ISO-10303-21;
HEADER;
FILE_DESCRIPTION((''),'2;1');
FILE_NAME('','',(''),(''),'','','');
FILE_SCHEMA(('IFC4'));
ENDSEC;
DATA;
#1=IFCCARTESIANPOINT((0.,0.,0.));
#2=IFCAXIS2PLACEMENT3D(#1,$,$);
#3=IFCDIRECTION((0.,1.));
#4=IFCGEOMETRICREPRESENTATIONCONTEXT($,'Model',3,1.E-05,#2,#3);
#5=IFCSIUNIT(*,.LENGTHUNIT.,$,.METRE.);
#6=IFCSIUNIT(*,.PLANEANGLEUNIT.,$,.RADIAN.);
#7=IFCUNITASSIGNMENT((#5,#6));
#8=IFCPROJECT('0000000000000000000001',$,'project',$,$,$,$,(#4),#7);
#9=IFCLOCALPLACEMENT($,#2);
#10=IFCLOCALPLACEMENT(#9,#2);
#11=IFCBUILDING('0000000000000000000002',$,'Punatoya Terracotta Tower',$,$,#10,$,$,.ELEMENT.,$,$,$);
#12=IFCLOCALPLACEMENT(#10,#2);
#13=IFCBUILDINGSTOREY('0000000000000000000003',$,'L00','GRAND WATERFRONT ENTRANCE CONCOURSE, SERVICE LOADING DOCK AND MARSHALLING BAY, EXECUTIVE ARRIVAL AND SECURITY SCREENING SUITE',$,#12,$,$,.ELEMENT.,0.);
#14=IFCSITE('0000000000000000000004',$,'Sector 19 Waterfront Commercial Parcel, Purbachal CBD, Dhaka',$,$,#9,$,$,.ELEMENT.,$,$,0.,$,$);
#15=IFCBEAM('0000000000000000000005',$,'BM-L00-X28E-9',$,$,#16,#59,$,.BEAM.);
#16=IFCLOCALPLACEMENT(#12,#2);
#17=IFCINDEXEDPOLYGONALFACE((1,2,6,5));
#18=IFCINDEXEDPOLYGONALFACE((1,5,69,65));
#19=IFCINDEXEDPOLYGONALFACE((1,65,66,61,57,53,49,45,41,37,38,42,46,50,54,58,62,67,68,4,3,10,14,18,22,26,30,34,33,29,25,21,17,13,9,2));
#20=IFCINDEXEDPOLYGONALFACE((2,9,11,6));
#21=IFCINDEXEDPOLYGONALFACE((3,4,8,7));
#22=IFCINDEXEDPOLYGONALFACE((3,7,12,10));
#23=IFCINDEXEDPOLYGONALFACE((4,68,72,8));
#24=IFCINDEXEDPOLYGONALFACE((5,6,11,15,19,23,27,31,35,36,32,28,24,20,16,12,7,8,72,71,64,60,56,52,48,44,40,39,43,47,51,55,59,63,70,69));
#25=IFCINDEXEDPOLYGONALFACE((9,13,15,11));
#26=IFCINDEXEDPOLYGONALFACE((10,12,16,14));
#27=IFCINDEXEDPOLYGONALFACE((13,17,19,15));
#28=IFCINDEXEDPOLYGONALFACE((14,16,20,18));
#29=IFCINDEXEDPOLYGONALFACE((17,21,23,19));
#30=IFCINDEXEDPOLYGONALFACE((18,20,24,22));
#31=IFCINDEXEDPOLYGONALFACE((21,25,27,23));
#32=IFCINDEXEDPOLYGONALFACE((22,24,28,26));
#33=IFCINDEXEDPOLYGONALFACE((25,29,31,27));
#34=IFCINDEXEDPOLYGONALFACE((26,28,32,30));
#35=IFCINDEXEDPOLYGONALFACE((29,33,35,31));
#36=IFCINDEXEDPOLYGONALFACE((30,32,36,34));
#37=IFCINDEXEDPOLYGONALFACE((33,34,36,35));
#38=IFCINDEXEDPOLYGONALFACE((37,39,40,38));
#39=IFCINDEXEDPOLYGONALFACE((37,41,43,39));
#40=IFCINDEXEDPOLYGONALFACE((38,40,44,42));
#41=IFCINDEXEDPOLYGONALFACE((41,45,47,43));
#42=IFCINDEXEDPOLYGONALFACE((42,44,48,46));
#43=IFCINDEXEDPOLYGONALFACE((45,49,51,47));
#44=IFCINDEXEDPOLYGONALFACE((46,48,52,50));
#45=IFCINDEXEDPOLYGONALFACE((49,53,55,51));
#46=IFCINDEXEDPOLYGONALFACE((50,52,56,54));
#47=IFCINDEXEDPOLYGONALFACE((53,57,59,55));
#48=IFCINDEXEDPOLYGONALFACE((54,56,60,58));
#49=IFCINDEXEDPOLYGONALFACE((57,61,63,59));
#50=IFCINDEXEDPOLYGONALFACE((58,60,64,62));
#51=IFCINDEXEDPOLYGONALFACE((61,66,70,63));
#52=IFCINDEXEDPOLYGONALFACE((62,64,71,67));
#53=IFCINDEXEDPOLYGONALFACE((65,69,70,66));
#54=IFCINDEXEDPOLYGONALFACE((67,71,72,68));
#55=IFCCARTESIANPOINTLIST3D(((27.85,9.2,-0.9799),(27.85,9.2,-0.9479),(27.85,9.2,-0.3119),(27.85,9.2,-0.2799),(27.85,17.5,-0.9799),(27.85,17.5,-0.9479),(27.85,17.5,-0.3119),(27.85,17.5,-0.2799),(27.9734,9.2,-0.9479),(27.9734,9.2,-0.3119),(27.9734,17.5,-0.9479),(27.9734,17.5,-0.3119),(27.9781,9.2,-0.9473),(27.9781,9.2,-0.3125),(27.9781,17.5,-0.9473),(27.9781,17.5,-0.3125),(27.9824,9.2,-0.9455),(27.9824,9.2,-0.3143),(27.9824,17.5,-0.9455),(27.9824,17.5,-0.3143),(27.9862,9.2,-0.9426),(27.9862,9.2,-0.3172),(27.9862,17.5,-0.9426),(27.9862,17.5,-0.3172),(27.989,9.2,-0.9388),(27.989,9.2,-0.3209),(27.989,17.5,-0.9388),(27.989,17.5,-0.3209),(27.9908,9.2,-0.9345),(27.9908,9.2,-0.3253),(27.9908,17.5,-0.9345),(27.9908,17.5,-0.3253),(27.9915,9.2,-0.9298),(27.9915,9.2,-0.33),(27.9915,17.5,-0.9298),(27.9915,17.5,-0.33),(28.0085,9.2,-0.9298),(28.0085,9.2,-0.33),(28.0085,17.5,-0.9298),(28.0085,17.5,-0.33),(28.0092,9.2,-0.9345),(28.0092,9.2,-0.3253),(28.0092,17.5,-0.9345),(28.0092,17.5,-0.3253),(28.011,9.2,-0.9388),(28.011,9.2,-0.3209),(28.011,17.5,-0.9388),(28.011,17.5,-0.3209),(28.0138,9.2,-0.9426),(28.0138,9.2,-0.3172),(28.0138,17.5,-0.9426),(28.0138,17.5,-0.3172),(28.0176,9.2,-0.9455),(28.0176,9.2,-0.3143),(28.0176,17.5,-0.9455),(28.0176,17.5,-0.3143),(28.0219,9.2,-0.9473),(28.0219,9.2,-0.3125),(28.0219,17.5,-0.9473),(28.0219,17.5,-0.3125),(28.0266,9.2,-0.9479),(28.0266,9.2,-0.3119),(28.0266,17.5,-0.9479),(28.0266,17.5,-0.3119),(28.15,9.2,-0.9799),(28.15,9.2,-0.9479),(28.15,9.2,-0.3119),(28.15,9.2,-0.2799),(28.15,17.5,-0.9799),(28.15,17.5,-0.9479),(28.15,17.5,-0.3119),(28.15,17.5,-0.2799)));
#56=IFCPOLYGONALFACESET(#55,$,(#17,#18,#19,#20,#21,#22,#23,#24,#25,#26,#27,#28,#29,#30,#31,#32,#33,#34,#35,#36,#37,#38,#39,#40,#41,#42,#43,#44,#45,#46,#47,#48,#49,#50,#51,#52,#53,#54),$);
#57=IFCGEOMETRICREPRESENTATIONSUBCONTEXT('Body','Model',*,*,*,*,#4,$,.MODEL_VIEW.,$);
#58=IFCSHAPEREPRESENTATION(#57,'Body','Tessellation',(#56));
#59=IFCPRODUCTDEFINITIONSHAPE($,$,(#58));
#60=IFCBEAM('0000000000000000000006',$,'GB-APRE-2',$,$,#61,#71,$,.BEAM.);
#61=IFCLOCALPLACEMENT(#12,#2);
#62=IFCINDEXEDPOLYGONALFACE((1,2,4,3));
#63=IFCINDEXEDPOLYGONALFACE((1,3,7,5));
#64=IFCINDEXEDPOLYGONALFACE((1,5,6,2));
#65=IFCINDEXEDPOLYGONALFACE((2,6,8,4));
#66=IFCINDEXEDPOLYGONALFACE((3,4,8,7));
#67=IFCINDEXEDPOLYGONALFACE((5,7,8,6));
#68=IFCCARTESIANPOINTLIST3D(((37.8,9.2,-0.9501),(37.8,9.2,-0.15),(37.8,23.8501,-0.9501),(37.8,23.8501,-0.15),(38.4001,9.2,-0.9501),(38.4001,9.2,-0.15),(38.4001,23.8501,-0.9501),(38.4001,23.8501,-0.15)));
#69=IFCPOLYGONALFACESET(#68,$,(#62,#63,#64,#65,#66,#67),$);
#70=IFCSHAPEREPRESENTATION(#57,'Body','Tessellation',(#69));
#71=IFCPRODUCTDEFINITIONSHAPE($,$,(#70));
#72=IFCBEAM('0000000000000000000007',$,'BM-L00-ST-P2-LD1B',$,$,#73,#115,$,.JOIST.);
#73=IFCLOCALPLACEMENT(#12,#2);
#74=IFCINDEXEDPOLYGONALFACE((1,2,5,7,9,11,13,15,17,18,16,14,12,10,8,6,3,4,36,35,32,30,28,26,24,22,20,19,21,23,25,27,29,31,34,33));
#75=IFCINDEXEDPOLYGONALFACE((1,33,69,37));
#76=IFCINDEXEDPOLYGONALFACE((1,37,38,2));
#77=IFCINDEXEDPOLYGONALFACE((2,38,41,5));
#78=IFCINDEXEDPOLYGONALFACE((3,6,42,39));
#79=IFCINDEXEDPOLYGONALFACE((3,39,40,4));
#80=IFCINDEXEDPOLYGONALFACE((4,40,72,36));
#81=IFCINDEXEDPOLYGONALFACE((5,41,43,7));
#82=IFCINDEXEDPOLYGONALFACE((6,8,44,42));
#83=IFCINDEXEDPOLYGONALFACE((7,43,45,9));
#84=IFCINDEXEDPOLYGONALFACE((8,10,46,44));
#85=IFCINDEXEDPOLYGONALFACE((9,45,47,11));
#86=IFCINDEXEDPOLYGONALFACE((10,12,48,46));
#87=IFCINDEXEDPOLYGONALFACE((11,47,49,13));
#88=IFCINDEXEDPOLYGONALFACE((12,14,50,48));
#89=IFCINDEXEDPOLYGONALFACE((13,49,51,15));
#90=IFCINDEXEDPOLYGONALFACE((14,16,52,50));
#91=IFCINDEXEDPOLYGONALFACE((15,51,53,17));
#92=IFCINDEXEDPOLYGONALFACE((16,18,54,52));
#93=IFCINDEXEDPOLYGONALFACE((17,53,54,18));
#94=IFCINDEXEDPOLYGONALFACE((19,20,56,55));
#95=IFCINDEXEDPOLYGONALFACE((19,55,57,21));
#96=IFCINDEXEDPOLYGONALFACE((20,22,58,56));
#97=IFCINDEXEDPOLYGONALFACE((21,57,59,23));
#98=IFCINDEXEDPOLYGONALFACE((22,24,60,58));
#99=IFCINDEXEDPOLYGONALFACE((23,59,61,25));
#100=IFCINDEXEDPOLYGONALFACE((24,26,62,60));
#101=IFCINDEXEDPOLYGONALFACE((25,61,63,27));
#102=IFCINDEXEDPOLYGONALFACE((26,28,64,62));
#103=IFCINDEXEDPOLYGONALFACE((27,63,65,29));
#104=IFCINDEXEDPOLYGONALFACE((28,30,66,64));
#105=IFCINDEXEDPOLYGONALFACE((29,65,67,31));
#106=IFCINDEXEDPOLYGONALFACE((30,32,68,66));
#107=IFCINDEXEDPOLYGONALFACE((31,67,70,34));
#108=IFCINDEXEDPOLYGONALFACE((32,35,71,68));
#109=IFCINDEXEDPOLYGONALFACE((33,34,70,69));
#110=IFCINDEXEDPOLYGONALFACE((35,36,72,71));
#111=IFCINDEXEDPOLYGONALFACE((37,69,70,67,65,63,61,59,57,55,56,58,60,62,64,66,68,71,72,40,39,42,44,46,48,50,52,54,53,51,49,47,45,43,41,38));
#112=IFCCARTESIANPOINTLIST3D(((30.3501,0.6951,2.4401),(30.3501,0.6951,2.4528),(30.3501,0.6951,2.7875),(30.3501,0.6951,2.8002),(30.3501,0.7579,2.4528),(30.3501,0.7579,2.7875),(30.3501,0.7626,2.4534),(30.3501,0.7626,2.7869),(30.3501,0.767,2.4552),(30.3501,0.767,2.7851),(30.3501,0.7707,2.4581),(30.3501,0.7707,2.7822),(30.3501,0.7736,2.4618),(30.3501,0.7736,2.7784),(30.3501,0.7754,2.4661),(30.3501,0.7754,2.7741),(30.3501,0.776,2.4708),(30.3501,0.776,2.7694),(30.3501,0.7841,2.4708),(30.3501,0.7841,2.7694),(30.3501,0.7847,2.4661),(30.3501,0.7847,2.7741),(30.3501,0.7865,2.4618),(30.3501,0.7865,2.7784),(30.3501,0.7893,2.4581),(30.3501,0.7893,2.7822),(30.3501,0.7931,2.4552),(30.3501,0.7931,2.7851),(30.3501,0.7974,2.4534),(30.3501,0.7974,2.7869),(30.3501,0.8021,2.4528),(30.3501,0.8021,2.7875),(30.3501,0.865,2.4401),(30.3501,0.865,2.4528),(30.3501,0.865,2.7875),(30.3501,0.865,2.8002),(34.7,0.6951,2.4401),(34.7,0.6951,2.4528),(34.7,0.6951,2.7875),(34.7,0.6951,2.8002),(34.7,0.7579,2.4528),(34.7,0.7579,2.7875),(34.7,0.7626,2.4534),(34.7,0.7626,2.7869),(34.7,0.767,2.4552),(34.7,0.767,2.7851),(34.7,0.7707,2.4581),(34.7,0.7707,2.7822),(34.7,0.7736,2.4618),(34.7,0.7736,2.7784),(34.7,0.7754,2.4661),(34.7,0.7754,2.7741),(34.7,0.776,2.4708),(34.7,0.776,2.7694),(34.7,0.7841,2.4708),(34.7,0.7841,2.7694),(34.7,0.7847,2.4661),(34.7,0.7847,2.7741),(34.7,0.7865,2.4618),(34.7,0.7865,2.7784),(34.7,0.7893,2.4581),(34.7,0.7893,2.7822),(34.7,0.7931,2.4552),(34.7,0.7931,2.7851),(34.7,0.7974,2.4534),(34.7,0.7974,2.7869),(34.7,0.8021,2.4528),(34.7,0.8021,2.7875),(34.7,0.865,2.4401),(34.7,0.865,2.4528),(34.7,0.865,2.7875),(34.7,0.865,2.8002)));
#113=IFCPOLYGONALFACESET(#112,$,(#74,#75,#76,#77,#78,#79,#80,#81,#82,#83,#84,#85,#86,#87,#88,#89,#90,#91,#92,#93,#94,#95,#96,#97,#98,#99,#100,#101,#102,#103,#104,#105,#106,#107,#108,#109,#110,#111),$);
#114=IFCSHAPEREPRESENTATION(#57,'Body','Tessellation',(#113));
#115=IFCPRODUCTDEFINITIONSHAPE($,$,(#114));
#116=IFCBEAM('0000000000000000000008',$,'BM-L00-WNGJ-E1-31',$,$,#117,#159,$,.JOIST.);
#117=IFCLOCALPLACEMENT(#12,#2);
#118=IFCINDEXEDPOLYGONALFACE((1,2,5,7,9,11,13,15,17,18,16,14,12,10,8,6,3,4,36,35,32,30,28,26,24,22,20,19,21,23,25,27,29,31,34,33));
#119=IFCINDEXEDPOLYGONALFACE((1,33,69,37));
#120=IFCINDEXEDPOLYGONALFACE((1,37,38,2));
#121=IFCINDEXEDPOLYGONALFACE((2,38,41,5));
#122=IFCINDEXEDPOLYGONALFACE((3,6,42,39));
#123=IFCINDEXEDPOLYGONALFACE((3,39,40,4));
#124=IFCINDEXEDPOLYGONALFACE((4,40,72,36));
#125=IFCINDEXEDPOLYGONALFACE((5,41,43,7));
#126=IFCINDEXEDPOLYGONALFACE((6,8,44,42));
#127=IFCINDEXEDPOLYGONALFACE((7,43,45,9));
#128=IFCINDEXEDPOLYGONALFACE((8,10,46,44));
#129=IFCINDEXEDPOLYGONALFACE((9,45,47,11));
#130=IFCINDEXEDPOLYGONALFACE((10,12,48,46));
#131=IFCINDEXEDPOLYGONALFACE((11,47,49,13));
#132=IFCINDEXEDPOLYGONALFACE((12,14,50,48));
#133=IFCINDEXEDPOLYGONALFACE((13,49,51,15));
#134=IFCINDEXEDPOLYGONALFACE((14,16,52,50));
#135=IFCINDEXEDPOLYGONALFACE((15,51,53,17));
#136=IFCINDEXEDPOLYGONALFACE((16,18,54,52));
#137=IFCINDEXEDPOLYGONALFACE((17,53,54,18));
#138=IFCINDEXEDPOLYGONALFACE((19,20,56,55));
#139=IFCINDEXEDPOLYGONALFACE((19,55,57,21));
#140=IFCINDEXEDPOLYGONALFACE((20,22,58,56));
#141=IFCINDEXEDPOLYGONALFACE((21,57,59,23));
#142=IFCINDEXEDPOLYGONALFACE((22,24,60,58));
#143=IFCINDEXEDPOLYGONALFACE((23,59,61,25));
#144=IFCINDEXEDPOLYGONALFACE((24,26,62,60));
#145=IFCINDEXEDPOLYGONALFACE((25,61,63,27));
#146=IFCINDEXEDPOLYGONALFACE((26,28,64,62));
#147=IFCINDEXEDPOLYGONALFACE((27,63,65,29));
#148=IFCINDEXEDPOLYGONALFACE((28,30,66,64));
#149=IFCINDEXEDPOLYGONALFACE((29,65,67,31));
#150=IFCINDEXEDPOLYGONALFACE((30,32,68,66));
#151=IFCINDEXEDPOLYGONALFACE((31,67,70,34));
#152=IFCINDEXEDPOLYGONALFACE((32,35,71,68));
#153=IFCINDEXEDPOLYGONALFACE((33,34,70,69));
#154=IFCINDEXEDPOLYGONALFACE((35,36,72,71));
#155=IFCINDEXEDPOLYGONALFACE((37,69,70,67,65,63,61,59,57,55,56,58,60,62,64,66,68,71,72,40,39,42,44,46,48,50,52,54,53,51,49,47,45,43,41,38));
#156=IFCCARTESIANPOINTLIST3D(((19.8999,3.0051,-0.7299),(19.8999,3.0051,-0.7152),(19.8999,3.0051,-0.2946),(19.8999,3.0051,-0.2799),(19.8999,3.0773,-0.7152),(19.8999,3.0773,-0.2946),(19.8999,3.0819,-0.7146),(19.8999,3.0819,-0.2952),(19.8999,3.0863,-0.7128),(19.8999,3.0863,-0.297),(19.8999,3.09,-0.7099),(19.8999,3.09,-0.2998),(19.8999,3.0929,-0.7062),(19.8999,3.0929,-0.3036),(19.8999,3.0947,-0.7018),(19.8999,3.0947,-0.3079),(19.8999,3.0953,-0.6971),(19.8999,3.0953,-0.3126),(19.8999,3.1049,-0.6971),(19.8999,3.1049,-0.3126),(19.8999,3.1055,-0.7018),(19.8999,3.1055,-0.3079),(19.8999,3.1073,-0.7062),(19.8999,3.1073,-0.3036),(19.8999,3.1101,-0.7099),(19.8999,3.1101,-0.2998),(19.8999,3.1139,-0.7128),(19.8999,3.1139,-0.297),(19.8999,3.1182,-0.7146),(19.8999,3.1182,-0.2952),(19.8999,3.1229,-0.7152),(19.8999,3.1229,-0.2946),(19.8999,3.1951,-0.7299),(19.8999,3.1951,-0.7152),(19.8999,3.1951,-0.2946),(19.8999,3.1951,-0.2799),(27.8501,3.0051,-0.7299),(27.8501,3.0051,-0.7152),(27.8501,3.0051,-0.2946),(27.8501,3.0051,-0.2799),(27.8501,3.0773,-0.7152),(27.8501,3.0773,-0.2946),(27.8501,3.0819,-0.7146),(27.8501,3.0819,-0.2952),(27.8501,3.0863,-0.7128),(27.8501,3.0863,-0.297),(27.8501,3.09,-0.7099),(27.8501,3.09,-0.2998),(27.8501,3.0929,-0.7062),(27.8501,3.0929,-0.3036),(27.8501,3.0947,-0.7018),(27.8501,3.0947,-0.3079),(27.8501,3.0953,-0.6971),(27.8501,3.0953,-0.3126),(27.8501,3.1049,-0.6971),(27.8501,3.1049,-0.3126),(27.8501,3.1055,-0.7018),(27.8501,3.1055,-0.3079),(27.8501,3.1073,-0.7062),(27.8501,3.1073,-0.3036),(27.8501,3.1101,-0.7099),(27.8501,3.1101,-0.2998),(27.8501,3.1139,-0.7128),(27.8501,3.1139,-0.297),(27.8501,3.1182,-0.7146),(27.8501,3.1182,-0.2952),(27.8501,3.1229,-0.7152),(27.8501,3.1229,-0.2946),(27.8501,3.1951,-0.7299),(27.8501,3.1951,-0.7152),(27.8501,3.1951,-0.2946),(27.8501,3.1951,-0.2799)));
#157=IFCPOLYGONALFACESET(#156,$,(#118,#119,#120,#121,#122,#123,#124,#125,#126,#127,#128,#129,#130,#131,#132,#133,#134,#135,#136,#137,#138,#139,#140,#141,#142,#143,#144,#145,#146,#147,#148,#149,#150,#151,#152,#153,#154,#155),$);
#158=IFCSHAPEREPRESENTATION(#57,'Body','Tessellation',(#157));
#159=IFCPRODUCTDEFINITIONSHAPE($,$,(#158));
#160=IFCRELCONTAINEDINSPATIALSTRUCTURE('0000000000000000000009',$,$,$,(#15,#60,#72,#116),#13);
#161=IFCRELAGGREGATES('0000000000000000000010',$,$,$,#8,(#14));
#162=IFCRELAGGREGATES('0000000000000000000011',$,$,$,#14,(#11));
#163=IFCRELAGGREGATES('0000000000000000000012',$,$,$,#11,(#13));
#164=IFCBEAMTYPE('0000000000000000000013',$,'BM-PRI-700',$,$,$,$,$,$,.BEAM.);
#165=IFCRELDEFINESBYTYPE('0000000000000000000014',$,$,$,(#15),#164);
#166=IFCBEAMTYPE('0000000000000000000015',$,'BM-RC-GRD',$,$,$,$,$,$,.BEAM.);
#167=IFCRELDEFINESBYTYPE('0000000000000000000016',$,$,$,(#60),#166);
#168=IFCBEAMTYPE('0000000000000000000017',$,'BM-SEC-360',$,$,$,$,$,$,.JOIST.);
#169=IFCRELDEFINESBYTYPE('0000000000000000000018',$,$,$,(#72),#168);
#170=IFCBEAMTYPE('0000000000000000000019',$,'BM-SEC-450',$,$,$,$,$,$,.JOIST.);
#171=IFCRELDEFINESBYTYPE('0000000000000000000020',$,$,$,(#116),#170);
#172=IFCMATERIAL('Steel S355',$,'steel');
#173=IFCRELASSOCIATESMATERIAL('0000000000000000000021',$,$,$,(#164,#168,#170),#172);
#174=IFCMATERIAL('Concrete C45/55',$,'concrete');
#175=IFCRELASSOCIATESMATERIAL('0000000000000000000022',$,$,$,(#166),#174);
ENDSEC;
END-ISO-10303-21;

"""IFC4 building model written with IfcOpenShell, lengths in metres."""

from ifc_helpers import new_model, si_unit, direction, frame, origin, origin_2d, place, context, subcontext, project, spatial, rectangle, i_section, extrude, material, material_profile, profile_set, type_object, element, save


model = new_model("IFC4")

# Units and contexts
model_context = context("Model", 3, precision=1e-05, world=origin(), true_north=direction((0.0, 1.0)))
body_context = subcontext(model_context, "Body", "Model", "MODEL_VIEW")
ifc_project = project(units=[si_unit("LENGTHUNIT", "METRE"), si_unit("PLANEANGLEUNIT", "RADIAN")], contexts=[model_context])

# Site, building, storey
site_placement = place(None, origin())
site = spatial("IfcSite", under=ifc_project, at=site_placement, Name="Sector 19 Waterfront Commercial Parcel, Purbachal CBD, Dhaka", CompositionType="ELEMENT", RefElevation=0.0)
building_placement = place(site_placement, origin())
building = spatial("IfcBuilding", under=site, at=building_placement, Name="Punatoya Terracotta Tower", CompositionType="ELEMENT")
storey_placement = place(building_placement, origin())
storey = spatial("IfcBuildingStorey", under=building, at=storey_placement, Name="L00", Description="GRAND WATERFRONT ENTRANCE CONCOURSE, SERVICE LOADING DOCK AND MARSHALLING BAY, EXECUTIVE ARRIVAL AND SECURITY SCREENING SUITE", CompositionType="ELEMENT", Elevation=0.0)

# Beams
ifc_material_1 = material(Name="Steel S355", Category="steel")
ifc_material_profile_1 = material_profile(ifc_material_1, i_section(OverallWidth=0.3, OverallDepth=0.7, WebThickness=0.0171, FlangeThickness=0.032, FilletRadius=0.0181, at=origin_2d()))
ifc_profile_set_1 = profile_set([ifc_material_profile_1], Name="Steel S355")
beam_type_1 = type_object("IfcBeamType", Name="BM-PRI-700", PredefinedType="BEAM", material=ifc_profile_set_1)
beam_1_placement = place(storey_placement, frame((28.0, 9.2, -0.6299), z_axis=(0.0, 1.0, 0.0), x_axis=(-1.0, 0.0, 0.0)))
element("IfcBeam", 1, at=beam_1_placement, inside=storey, type_object=beam_type_1, Name="BM-L00-X28E-9", PredefinedType="BEAM", context=body_context, shape_type="SweptSolid", body=[
    extrude(i_section(OverallWidth=0.3, OverallDepth=0.7, WebThickness=0.0171, FlangeThickness=0.032, FilletRadius=0.0181, at=origin_2d()), origin(), (0.0, 0.0, 1.0), 8.3),
])
ifc_material_2 = material(Name="Concrete C45/55", Category="concrete")
ifc_material_profile_2 = material_profile(ifc_material_2, rectangle(XDim=0.6001, YDim=0.8, at=origin_2d()))
ifc_profile_set_2 = profile_set([ifc_material_profile_2], Name="Concrete C45/55")
beam_type_2 = type_object("IfcBeamType", Name="BM-RC-GRD", PredefinedType="BEAM", material=ifc_profile_set_2)
beam_2_placement = place(storey_placement, frame((38.1001, 9.2, -0.55), z_axis=(0.0, 1.0, 0.0), x_axis=(-1.0, 0.0, 0.0)))
element("IfcBeam", 2, at=beam_2_placement, inside=storey, type_object=beam_type_2, Name="GB-APRE-2", PredefinedType="BEAM", context=body_context, shape_type="SweptSolid", body=[
    extrude(rectangle(XDim=0.6001, YDim=0.8, at=origin_2d()), origin(), (0.0, 0.0, 1.0), 14.6501),
])
ifc_material_profile_3 = material_profile(ifc_material_1, i_section(OverallWidth=0.1699, OverallDepth=0.3601, WebThickness=0.0081, FlangeThickness=0.0127, FilletRadius=0.0181, at=origin_2d()))
ifc_profile_set_3 = profile_set([ifc_material_profile_3], Name="Steel S355")
beam_type_3 = type_object("IfcBeamType", Name="BM-SEC-360", PredefinedType="JOIST", material=ifc_profile_set_3)
beam_3_placement = place(storey_placement, frame((30.3501, 0.78, 2.6201), z_axis=(1.0, 0.0, 0.0), x_axis=(0.0, 1.0, 0.0)))
element("IfcBeam", 3, at=beam_3_placement, inside=storey, type_object=beam_type_3, Name="BM-L00-ST-P2-LD1B", PredefinedType="JOIST", context=body_context, shape_type="SweptSolid", body=[
    extrude(i_section(OverallWidth=0.1699, OverallDepth=0.3601, WebThickness=0.0081, FlangeThickness=0.0127, FilletRadius=0.0181, at=origin_2d()), origin(), (0.0, 0.0, 1.0), 4.3499),
])
ifc_material_profile_4 = material_profile(ifc_material_1, i_section(OverallWidth=0.1899, OverallDepth=0.45, WebThickness=0.0095, FlangeThickness=0.0146, FilletRadius=0.0181, at=origin_2d()))
ifc_profile_set_4 = profile_set([ifc_material_profile_4], Name="Steel S355")
beam_type_4 = type_object("IfcBeamType", Name="BM-SEC-450", PredefinedType="JOIST", material=ifc_profile_set_4)
beam_4_placement = place(storey_placement, frame((19.8999, 3.1001, -0.5049), z_axis=(1.0, 0.0, 0.0), x_axis=(0.0, 1.0, 0.0)))
element("IfcBeam", 4, at=beam_4_placement, inside=storey, type_object=beam_type_4, Name="BM-L00-WNGJ-E1-31", PredefinedType="JOIST", context=body_context, shape_type="SweptSolid", body=[
    extrude(i_section(OverallWidth=0.1899, OverallDepth=0.45, WebThickness=0.0095, FlangeThickness=0.0146, FilletRadius=0.0181, at=origin_2d()), origin(), (0.0, 0.0, 1.0), 7.9502),
])

save(model, "model.ifc")
